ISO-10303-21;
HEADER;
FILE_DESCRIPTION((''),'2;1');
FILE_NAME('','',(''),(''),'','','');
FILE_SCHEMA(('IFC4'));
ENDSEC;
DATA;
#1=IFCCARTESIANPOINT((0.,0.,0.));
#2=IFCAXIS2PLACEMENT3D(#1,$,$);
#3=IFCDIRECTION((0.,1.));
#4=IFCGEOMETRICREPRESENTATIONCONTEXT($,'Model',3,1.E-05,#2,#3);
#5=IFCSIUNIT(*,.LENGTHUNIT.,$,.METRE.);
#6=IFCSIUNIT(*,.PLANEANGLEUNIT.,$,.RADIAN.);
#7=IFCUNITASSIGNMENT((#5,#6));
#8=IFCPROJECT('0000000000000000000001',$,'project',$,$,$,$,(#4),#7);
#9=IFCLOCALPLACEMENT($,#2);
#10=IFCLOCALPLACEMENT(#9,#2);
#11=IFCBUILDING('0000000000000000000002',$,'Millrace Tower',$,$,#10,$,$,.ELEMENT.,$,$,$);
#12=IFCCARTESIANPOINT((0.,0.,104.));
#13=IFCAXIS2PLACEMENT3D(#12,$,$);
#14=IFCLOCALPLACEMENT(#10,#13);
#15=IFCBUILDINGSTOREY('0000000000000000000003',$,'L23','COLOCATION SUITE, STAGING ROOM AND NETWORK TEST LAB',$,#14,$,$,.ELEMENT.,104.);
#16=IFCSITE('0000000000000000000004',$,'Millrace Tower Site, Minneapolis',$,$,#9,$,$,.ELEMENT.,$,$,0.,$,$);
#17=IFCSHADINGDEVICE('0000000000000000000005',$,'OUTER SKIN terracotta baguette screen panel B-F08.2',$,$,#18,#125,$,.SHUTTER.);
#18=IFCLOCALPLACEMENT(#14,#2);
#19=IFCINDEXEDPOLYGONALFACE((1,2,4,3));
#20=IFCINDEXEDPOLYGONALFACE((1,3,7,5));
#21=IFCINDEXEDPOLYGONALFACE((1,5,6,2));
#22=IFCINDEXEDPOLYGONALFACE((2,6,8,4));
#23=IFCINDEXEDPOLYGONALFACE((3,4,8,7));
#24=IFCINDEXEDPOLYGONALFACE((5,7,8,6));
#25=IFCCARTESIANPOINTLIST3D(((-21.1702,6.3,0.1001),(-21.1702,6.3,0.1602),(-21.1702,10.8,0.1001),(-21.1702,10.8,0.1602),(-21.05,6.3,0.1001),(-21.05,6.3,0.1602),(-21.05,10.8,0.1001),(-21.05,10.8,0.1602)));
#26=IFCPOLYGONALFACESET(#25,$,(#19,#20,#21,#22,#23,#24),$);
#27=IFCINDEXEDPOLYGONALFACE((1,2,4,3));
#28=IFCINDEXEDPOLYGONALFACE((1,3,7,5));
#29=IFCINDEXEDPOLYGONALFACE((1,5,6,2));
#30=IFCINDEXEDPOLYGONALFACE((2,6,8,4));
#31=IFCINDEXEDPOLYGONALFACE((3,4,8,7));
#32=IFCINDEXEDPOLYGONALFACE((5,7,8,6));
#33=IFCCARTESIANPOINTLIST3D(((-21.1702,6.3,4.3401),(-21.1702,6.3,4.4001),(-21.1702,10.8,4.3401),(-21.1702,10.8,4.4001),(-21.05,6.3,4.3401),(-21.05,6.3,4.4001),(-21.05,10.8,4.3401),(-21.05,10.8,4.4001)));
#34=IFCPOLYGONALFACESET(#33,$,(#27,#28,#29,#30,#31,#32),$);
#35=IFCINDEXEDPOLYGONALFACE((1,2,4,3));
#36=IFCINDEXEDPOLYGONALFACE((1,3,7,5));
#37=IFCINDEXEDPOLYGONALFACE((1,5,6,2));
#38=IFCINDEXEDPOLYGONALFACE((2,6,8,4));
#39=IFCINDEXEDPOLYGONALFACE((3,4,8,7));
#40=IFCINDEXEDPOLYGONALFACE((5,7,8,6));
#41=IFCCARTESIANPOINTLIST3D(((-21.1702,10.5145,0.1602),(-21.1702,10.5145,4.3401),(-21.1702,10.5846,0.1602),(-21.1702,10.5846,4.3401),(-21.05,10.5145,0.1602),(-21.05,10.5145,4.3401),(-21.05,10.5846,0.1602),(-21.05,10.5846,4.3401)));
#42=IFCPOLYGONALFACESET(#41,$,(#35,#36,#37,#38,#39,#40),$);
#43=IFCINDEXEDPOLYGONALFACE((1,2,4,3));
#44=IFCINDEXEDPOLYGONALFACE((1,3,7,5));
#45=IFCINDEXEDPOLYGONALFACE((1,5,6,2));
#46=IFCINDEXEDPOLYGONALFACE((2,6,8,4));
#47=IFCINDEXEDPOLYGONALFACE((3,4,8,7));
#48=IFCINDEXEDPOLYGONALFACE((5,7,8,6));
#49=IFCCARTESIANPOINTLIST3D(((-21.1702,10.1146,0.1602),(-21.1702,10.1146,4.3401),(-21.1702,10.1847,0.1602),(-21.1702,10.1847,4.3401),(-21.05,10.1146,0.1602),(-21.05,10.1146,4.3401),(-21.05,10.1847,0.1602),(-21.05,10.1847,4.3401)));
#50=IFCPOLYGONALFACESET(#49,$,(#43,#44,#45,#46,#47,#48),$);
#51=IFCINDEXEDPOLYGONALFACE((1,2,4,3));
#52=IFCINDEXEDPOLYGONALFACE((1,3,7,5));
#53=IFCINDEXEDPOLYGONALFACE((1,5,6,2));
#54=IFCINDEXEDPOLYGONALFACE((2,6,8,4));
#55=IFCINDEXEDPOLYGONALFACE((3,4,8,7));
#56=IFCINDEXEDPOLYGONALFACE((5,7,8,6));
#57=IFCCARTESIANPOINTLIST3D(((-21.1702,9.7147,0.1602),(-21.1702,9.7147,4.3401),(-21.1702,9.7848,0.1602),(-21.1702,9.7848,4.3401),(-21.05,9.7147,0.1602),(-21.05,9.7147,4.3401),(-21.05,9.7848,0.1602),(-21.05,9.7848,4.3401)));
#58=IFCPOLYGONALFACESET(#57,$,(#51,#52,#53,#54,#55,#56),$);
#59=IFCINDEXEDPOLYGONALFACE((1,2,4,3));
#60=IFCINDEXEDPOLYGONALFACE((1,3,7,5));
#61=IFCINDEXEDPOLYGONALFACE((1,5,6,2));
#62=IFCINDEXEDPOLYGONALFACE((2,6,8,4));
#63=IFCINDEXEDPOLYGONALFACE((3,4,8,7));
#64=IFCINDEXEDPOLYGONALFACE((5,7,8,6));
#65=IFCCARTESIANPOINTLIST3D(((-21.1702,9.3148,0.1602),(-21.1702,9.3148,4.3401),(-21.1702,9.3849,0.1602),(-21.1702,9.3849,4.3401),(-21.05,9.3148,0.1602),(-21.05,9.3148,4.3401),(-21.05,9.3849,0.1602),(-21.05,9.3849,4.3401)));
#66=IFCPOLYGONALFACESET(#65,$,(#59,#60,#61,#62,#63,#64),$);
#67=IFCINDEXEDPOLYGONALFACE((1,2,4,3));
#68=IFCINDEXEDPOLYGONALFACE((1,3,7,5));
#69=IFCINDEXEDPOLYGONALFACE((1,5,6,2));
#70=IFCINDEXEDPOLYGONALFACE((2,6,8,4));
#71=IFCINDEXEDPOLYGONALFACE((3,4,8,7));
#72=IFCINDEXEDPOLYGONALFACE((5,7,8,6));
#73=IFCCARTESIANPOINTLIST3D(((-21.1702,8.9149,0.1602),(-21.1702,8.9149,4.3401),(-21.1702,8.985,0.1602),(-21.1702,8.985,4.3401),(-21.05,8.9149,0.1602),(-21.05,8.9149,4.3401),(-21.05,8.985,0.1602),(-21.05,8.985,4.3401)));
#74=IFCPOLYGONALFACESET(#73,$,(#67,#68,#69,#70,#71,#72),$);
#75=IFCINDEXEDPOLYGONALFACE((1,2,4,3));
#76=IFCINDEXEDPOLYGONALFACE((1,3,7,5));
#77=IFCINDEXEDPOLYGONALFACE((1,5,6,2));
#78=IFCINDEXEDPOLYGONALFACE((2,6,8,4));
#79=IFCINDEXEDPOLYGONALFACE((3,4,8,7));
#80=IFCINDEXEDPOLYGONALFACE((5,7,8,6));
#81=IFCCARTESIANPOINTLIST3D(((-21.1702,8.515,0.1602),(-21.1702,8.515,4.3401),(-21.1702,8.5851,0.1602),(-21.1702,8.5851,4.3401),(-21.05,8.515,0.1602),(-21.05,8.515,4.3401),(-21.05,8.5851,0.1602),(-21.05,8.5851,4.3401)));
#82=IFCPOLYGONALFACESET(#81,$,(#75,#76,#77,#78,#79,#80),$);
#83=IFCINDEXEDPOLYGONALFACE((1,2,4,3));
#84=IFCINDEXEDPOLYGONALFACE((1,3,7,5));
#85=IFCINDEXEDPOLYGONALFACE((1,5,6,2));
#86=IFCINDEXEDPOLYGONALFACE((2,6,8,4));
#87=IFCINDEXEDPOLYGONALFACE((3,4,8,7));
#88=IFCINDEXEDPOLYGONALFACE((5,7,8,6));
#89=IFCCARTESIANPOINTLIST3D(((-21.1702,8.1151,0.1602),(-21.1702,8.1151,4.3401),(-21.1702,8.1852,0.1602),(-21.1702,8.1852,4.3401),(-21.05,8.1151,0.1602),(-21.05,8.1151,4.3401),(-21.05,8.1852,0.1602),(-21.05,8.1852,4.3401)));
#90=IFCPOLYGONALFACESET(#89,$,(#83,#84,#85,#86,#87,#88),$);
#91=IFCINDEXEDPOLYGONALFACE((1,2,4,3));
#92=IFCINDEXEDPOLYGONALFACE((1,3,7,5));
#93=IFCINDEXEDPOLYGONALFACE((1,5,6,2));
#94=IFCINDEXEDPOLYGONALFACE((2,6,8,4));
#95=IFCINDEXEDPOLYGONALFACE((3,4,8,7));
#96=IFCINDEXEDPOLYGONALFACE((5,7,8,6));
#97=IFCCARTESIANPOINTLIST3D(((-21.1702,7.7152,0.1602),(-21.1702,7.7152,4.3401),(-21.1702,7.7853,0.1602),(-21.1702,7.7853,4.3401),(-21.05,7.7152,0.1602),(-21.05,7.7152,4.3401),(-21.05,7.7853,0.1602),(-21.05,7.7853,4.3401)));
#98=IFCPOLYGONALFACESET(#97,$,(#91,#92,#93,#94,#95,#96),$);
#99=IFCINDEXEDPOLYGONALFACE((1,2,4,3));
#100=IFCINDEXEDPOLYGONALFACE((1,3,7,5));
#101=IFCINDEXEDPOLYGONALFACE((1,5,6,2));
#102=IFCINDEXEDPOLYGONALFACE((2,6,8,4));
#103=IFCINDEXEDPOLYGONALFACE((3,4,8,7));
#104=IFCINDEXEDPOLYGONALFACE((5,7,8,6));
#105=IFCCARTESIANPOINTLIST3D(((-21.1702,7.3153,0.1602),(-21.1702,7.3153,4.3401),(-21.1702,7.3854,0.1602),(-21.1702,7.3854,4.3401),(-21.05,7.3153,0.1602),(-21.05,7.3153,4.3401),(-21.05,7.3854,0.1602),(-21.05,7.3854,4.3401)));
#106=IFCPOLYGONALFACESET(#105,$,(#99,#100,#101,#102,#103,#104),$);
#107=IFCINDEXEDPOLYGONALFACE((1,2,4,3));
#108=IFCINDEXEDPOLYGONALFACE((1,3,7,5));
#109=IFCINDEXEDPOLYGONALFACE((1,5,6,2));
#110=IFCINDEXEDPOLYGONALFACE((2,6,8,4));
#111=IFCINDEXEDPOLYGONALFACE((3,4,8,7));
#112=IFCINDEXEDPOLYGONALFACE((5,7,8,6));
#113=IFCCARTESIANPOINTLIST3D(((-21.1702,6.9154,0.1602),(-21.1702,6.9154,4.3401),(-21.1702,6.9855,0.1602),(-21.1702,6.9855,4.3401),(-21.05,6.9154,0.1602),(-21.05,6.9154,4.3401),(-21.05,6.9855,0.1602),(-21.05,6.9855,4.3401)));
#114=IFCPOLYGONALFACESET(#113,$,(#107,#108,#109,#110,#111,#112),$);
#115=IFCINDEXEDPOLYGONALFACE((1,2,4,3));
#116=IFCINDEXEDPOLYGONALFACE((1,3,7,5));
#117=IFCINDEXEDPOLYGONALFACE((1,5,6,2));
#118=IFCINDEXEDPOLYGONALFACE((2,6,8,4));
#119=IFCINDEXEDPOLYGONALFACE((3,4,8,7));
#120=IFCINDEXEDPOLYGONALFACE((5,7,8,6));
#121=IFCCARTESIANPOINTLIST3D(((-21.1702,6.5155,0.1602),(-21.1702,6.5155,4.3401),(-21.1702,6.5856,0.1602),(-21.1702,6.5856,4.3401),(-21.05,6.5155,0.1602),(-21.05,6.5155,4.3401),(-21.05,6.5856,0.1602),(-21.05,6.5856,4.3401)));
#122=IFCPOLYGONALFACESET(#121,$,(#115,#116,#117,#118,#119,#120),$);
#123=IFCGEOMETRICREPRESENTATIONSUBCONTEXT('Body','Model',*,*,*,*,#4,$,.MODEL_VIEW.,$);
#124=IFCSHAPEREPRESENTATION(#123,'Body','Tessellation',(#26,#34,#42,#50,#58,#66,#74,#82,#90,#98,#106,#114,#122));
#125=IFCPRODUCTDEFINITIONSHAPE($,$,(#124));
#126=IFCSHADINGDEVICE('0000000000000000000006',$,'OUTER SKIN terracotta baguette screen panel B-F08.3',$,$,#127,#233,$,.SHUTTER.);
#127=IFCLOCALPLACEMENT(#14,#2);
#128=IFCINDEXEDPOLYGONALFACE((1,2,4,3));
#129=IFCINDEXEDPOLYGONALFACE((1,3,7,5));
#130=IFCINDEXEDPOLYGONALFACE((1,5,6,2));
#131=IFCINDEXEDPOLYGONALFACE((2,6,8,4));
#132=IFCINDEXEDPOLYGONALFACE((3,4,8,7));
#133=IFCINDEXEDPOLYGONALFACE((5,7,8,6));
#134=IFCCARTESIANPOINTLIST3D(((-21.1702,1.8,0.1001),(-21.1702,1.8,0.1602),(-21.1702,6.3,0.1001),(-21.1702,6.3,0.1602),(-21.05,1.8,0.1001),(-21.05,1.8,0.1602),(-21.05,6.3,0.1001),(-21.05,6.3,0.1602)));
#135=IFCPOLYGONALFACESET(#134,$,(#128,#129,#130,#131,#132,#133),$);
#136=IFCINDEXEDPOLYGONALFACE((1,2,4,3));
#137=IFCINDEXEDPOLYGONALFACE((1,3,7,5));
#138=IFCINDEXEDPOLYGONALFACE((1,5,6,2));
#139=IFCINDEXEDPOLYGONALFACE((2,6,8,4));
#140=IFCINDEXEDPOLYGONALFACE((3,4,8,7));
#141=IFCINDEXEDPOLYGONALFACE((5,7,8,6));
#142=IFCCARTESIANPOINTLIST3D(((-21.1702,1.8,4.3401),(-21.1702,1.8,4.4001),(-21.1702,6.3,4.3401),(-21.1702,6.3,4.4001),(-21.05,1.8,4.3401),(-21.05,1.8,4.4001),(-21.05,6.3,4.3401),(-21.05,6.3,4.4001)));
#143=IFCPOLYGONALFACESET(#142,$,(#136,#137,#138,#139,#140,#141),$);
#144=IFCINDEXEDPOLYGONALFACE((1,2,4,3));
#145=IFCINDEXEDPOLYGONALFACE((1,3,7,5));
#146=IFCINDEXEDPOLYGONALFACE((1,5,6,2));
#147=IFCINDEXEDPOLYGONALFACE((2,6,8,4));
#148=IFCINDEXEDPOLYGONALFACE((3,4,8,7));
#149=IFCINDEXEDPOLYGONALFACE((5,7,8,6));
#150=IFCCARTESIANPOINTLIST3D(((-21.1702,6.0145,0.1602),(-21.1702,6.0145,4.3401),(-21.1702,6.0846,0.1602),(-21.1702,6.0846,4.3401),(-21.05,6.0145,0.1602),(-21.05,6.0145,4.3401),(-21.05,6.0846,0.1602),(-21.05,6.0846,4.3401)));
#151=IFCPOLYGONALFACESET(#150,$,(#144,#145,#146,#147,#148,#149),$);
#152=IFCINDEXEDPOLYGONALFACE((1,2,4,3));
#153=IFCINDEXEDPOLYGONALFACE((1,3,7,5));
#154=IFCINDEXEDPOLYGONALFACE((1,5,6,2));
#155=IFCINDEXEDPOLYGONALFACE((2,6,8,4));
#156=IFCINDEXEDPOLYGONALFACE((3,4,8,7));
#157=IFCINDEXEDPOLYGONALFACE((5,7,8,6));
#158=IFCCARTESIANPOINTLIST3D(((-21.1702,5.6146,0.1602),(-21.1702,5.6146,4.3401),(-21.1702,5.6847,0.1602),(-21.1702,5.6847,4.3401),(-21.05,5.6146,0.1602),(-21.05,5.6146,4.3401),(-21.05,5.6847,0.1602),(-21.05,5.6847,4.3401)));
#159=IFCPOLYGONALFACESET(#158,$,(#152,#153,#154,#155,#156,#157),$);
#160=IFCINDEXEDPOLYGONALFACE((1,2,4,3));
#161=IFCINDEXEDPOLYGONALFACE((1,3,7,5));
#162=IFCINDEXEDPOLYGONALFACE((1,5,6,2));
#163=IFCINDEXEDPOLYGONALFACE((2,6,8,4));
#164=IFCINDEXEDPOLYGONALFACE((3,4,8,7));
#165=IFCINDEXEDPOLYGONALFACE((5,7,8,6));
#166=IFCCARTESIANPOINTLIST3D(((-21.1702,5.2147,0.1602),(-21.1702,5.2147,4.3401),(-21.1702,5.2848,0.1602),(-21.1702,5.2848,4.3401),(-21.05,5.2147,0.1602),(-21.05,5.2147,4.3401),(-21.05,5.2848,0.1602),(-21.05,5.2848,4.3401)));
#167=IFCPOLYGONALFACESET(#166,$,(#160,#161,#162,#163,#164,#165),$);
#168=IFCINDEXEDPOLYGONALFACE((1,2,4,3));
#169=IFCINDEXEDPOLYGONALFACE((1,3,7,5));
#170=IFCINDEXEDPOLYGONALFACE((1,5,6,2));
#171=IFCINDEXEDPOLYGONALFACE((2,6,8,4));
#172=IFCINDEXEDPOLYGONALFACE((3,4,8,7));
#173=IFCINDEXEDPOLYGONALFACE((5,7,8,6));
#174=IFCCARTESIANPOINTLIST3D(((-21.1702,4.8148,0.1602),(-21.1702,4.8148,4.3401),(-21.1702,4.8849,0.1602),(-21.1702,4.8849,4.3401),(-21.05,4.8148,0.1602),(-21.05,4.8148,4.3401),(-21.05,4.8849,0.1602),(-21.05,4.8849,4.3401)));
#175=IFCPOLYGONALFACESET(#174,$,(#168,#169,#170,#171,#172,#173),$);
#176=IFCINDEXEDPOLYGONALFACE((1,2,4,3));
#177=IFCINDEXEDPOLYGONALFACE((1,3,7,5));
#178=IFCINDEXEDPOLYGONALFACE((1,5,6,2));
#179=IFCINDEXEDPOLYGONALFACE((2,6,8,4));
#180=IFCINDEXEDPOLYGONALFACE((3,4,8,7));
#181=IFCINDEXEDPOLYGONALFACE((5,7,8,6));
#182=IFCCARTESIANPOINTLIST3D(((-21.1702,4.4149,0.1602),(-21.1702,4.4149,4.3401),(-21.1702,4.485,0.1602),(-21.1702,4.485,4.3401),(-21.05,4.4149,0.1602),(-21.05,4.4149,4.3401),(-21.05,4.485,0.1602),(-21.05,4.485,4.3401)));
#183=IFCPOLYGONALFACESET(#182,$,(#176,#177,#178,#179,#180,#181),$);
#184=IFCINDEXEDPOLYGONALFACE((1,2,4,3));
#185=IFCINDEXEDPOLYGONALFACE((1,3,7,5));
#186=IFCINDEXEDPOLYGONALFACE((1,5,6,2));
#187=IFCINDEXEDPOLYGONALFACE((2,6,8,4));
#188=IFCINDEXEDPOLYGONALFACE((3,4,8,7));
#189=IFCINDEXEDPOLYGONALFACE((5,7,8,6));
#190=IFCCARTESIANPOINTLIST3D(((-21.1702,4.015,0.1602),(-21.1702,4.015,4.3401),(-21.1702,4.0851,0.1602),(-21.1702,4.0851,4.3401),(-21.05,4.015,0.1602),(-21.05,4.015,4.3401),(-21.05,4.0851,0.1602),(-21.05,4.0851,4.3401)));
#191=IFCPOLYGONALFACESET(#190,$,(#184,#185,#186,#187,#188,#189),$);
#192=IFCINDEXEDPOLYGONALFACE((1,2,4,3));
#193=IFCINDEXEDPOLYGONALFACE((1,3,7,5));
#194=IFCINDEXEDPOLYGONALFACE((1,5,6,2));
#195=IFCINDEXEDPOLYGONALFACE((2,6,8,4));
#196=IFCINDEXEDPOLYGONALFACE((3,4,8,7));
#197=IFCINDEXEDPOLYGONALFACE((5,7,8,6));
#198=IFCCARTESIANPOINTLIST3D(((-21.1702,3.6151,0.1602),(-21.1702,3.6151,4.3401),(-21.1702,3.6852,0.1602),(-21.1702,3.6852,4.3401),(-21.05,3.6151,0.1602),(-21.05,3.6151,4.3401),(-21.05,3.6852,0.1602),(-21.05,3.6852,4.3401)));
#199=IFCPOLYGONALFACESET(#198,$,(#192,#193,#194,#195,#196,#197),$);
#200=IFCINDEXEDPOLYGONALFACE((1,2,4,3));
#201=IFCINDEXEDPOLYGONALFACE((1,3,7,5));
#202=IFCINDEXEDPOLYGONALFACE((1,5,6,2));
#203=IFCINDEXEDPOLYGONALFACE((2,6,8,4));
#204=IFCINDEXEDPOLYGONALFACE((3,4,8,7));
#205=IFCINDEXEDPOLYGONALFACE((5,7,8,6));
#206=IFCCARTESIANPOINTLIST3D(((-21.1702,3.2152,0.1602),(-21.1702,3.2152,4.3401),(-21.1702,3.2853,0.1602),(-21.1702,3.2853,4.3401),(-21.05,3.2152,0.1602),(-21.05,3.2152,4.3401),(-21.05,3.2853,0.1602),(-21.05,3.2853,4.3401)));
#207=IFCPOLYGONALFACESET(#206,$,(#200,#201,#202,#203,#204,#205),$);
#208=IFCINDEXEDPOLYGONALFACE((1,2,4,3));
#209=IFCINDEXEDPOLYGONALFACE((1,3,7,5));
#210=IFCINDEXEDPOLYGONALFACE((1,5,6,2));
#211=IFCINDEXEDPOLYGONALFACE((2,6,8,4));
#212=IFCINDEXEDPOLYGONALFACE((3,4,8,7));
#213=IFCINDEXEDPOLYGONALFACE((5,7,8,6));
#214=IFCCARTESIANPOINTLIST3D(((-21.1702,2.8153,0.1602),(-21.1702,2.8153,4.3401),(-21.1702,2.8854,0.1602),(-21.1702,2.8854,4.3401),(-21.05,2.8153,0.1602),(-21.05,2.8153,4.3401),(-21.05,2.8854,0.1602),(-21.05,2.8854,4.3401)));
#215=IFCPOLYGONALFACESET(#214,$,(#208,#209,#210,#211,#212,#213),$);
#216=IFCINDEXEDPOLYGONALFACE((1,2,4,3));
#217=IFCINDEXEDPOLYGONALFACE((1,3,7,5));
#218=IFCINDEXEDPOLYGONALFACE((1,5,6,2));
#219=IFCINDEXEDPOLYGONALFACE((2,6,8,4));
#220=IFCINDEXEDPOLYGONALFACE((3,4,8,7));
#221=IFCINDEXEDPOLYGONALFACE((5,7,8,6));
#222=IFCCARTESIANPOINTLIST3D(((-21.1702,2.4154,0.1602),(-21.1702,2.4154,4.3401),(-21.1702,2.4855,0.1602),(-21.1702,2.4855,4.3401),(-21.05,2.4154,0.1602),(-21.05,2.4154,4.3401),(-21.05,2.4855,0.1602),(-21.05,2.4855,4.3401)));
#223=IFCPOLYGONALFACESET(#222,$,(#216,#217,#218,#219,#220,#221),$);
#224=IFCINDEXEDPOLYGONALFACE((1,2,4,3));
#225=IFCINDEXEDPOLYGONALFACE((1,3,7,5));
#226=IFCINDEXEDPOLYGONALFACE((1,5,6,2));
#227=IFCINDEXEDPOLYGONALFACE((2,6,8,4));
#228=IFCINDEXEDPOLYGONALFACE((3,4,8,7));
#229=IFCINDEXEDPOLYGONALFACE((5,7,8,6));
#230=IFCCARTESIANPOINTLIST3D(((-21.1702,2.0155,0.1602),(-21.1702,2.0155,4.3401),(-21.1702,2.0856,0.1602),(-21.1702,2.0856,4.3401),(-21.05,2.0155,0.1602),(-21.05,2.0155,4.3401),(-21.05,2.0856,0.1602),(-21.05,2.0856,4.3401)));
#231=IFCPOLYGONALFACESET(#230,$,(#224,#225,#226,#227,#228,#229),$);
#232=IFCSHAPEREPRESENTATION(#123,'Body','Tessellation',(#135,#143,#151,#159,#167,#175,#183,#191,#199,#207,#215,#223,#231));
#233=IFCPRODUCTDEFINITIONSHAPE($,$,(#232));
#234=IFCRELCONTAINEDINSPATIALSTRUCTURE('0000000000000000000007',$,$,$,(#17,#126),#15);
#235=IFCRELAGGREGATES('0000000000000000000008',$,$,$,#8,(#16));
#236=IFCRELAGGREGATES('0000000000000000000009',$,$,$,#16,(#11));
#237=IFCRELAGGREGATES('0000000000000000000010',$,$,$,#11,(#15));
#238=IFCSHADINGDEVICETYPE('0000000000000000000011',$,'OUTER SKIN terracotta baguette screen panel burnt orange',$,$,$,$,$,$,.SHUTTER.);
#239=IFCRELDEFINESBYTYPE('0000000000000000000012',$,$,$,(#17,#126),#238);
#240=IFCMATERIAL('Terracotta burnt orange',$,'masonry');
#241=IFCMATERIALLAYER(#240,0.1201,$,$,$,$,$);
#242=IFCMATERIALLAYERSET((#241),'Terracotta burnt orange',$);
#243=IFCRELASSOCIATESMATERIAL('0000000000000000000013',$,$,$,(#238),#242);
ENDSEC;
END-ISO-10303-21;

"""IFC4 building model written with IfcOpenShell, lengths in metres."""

from ifc_helpers import new_model, entity, si_unit, direction, frame, frame_2d, origin, origin_2d, place, context, subcontext, project, spatial, rectangle, extrude, source, transform, mapped, material, layer, layer_set, type_object, element, save


model = new_model("IFC4")

# Units and contexts
model_context = context("Model", 3, precision=1e-05, world=origin(), true_north=direction((0.0, 1.0)))
body_context = subcontext(model_context, "Body", "Model", "MODEL_VIEW")
ifc_project = project(units=[si_unit("LENGTHUNIT", "METRE"), si_unit("PLANEANGLEUNIT", "RADIAN")], contexts=[model_context])

# Site, building, storey
site_placement = place(None, origin())
site = spatial("IfcSite", under=ifc_project, at=site_placement, Name="Millrace Tower Site, Minneapolis", CompositionType="ELEMENT", RefElevation=0.0)
building_placement = place(site_placement, origin())
building = spatial("IfcBuilding", under=site, at=building_placement, Name="Millrace Tower", CompositionType="ELEMENT")
storey_placement = place(building_placement, frame((0.0, 0.0, 104.0)))
storey = spatial("IfcBuildingStorey", under=building, at=storey_placement, Name="L23", Description="COLOCATION SUITE, STAGING ROOM AND NETWORK TEST LAB", CompositionType="ELEMENT", Elevation=104.0)

# Shading devices
ifc_material_1 = material(Name="Terracotta burnt orange", Category="masonry")
ifc_layer_1 = layer(ifc_material_1, 0.1201)
ifc_layer_set_1 = layer_set([ifc_layer_1], Name="Terracotta burnt orange")
shading_device_type = type_object("IfcShadingDeviceType", Name="OUTER SKIN terracotta baguette screen panel burnt orange", PredefinedType="SHUTTER", material=ifc_layer_set_1)
cartesian_point = entity("IfcCartesianPoint", [-2.25, 0.0601])
shared_polyline = entity("IfcPolyline", [cartesian_point, entity("IfcCartesianPoint", [2.25, 0.0601]), entity("IfcCartesianPoint", [2.25, -0.0601]), entity("IfcCartesianPoint", [-2.25, -0.0601]), cartesian_point])
shared_shape = source(origin(), body_context, "Body", "SweptSolid", [
    entity("IfcExtrudedAreaSolid", entity("IfcArbitraryClosedProfileDef", "AREA", None, shared_polyline), entity("IfcAxis2Placement3D", entity("IfcCartesianPoint", [0.0, 0.0, 0.0])), entity("IfcDirection", [0.0, 0.0, 1.0]), 0.0601),
    entity("IfcExtrudedAreaSolid", entity("IfcArbitraryClosedProfileDef", "AREA", None, shared_polyline), entity("IfcAxis2Placement3D", entity("IfcCartesianPoint", [0.0, 0.0, 4.24])), entity("IfcDirection", [0.0, 0.0, 1.0]), 0.0601),
    extrude(rectangle(XDim=0.0701, YDim=0.1201, at=frame_2d((-1.9995, 0.0))), frame((0.0, 0.0, 0.0601)), (0.0, 0.0, 1.0), 4.1799),
    extrude(rectangle(XDim=0.0701, YDim=0.1201, at=frame_2d((-1.5996, 0.0))), frame((0.0, 0.0, 0.0601)), (0.0, 0.0, 1.0), 4.1799),
    extrude(rectangle(XDim=0.0701, YDim=0.1201, at=frame_2d((-1.1997, 0.0))), frame((0.0, 0.0, 0.0601)), (0.0, 0.0, 1.0), 4.1799),
    extrude(rectangle(XDim=0.0701, YDim=0.1201, at=frame_2d((-0.7998, 0.0))), frame((0.0, 0.0, 0.0601)), (0.0, 0.0, 1.0), 4.1799),
    extrude(rectangle(XDim=0.0701, YDim=0.1201, at=frame_2d((-0.3999, 0.0))), frame((0.0, 0.0, 0.0601)), (0.0, 0.0, 1.0), 4.1799),
    extrude(rectangle(XDim=0.0701, YDim=0.1201, at=origin_2d()), frame((0.0, 0.0, 0.0601)), (0.0, 0.0, 1.0), 4.1799),
    extrude(rectangle(XDim=0.0701, YDim=0.1201, at=frame_2d((0.3999, 0.0))), frame((0.0, 0.0, 0.0601)), (0.0, 0.0, 1.0), 4.1799),
    extrude(rectangle(XDim=0.0701, YDim=0.1201, at=frame_2d((0.7998, 0.0))), frame((0.0, 0.0, 0.0601)), (0.0, 0.0, 1.0), 4.1799),
    extrude(rectangle(XDim=0.0701, YDim=0.1201, at=frame_2d((1.1997, 0.0))), frame((0.0, 0.0, 0.0601)), (0.0, 0.0, 1.0), 4.1799),
    extrude(rectangle(XDim=0.0701, YDim=0.1201, at=frame_2d((1.5996, 0.0))), frame((0.0, 0.0, 0.0601)), (0.0, 0.0, 1.0), 4.1799),
    extrude(rectangle(XDim=0.0701, YDim=0.1201, at=frame_2d((1.9995, 0.0))), frame((0.0, 0.0, 0.0601)), (0.0, 0.0, 1.0), 4.1799),
])
for number, where, z_axis, x_axis, name in (
    (1, (-21.1101, 8.55, 0.1001), (0.0, 0.0, 1.0), (0.0, -1.0, 0.0), "OUTER SKIN terracotta baguette screen panel B-F08.2"),
    (2, (-21.1101, 4.05, 0.1001), (0.0, 0.0, 1.0), (0.0, -1.0, 0.0), "OUTER SKIN terracotta baguette screen panel B-F08.3"),
):
    element("IfcShadingDevice", number, at=place(storey_placement, frame(where, z_axis=z_axis, x_axis=x_axis)), inside=storey, type_object=shading_device_type, Name=name, PredefinedType="SHUTTER", context=body_context, shape_type="MappedRepresentation", body=[
        mapped(shared_shape, transform((0.0, 0.0, 0.0), scale=1.0)),
    ])

save(model, "model.ifc")
